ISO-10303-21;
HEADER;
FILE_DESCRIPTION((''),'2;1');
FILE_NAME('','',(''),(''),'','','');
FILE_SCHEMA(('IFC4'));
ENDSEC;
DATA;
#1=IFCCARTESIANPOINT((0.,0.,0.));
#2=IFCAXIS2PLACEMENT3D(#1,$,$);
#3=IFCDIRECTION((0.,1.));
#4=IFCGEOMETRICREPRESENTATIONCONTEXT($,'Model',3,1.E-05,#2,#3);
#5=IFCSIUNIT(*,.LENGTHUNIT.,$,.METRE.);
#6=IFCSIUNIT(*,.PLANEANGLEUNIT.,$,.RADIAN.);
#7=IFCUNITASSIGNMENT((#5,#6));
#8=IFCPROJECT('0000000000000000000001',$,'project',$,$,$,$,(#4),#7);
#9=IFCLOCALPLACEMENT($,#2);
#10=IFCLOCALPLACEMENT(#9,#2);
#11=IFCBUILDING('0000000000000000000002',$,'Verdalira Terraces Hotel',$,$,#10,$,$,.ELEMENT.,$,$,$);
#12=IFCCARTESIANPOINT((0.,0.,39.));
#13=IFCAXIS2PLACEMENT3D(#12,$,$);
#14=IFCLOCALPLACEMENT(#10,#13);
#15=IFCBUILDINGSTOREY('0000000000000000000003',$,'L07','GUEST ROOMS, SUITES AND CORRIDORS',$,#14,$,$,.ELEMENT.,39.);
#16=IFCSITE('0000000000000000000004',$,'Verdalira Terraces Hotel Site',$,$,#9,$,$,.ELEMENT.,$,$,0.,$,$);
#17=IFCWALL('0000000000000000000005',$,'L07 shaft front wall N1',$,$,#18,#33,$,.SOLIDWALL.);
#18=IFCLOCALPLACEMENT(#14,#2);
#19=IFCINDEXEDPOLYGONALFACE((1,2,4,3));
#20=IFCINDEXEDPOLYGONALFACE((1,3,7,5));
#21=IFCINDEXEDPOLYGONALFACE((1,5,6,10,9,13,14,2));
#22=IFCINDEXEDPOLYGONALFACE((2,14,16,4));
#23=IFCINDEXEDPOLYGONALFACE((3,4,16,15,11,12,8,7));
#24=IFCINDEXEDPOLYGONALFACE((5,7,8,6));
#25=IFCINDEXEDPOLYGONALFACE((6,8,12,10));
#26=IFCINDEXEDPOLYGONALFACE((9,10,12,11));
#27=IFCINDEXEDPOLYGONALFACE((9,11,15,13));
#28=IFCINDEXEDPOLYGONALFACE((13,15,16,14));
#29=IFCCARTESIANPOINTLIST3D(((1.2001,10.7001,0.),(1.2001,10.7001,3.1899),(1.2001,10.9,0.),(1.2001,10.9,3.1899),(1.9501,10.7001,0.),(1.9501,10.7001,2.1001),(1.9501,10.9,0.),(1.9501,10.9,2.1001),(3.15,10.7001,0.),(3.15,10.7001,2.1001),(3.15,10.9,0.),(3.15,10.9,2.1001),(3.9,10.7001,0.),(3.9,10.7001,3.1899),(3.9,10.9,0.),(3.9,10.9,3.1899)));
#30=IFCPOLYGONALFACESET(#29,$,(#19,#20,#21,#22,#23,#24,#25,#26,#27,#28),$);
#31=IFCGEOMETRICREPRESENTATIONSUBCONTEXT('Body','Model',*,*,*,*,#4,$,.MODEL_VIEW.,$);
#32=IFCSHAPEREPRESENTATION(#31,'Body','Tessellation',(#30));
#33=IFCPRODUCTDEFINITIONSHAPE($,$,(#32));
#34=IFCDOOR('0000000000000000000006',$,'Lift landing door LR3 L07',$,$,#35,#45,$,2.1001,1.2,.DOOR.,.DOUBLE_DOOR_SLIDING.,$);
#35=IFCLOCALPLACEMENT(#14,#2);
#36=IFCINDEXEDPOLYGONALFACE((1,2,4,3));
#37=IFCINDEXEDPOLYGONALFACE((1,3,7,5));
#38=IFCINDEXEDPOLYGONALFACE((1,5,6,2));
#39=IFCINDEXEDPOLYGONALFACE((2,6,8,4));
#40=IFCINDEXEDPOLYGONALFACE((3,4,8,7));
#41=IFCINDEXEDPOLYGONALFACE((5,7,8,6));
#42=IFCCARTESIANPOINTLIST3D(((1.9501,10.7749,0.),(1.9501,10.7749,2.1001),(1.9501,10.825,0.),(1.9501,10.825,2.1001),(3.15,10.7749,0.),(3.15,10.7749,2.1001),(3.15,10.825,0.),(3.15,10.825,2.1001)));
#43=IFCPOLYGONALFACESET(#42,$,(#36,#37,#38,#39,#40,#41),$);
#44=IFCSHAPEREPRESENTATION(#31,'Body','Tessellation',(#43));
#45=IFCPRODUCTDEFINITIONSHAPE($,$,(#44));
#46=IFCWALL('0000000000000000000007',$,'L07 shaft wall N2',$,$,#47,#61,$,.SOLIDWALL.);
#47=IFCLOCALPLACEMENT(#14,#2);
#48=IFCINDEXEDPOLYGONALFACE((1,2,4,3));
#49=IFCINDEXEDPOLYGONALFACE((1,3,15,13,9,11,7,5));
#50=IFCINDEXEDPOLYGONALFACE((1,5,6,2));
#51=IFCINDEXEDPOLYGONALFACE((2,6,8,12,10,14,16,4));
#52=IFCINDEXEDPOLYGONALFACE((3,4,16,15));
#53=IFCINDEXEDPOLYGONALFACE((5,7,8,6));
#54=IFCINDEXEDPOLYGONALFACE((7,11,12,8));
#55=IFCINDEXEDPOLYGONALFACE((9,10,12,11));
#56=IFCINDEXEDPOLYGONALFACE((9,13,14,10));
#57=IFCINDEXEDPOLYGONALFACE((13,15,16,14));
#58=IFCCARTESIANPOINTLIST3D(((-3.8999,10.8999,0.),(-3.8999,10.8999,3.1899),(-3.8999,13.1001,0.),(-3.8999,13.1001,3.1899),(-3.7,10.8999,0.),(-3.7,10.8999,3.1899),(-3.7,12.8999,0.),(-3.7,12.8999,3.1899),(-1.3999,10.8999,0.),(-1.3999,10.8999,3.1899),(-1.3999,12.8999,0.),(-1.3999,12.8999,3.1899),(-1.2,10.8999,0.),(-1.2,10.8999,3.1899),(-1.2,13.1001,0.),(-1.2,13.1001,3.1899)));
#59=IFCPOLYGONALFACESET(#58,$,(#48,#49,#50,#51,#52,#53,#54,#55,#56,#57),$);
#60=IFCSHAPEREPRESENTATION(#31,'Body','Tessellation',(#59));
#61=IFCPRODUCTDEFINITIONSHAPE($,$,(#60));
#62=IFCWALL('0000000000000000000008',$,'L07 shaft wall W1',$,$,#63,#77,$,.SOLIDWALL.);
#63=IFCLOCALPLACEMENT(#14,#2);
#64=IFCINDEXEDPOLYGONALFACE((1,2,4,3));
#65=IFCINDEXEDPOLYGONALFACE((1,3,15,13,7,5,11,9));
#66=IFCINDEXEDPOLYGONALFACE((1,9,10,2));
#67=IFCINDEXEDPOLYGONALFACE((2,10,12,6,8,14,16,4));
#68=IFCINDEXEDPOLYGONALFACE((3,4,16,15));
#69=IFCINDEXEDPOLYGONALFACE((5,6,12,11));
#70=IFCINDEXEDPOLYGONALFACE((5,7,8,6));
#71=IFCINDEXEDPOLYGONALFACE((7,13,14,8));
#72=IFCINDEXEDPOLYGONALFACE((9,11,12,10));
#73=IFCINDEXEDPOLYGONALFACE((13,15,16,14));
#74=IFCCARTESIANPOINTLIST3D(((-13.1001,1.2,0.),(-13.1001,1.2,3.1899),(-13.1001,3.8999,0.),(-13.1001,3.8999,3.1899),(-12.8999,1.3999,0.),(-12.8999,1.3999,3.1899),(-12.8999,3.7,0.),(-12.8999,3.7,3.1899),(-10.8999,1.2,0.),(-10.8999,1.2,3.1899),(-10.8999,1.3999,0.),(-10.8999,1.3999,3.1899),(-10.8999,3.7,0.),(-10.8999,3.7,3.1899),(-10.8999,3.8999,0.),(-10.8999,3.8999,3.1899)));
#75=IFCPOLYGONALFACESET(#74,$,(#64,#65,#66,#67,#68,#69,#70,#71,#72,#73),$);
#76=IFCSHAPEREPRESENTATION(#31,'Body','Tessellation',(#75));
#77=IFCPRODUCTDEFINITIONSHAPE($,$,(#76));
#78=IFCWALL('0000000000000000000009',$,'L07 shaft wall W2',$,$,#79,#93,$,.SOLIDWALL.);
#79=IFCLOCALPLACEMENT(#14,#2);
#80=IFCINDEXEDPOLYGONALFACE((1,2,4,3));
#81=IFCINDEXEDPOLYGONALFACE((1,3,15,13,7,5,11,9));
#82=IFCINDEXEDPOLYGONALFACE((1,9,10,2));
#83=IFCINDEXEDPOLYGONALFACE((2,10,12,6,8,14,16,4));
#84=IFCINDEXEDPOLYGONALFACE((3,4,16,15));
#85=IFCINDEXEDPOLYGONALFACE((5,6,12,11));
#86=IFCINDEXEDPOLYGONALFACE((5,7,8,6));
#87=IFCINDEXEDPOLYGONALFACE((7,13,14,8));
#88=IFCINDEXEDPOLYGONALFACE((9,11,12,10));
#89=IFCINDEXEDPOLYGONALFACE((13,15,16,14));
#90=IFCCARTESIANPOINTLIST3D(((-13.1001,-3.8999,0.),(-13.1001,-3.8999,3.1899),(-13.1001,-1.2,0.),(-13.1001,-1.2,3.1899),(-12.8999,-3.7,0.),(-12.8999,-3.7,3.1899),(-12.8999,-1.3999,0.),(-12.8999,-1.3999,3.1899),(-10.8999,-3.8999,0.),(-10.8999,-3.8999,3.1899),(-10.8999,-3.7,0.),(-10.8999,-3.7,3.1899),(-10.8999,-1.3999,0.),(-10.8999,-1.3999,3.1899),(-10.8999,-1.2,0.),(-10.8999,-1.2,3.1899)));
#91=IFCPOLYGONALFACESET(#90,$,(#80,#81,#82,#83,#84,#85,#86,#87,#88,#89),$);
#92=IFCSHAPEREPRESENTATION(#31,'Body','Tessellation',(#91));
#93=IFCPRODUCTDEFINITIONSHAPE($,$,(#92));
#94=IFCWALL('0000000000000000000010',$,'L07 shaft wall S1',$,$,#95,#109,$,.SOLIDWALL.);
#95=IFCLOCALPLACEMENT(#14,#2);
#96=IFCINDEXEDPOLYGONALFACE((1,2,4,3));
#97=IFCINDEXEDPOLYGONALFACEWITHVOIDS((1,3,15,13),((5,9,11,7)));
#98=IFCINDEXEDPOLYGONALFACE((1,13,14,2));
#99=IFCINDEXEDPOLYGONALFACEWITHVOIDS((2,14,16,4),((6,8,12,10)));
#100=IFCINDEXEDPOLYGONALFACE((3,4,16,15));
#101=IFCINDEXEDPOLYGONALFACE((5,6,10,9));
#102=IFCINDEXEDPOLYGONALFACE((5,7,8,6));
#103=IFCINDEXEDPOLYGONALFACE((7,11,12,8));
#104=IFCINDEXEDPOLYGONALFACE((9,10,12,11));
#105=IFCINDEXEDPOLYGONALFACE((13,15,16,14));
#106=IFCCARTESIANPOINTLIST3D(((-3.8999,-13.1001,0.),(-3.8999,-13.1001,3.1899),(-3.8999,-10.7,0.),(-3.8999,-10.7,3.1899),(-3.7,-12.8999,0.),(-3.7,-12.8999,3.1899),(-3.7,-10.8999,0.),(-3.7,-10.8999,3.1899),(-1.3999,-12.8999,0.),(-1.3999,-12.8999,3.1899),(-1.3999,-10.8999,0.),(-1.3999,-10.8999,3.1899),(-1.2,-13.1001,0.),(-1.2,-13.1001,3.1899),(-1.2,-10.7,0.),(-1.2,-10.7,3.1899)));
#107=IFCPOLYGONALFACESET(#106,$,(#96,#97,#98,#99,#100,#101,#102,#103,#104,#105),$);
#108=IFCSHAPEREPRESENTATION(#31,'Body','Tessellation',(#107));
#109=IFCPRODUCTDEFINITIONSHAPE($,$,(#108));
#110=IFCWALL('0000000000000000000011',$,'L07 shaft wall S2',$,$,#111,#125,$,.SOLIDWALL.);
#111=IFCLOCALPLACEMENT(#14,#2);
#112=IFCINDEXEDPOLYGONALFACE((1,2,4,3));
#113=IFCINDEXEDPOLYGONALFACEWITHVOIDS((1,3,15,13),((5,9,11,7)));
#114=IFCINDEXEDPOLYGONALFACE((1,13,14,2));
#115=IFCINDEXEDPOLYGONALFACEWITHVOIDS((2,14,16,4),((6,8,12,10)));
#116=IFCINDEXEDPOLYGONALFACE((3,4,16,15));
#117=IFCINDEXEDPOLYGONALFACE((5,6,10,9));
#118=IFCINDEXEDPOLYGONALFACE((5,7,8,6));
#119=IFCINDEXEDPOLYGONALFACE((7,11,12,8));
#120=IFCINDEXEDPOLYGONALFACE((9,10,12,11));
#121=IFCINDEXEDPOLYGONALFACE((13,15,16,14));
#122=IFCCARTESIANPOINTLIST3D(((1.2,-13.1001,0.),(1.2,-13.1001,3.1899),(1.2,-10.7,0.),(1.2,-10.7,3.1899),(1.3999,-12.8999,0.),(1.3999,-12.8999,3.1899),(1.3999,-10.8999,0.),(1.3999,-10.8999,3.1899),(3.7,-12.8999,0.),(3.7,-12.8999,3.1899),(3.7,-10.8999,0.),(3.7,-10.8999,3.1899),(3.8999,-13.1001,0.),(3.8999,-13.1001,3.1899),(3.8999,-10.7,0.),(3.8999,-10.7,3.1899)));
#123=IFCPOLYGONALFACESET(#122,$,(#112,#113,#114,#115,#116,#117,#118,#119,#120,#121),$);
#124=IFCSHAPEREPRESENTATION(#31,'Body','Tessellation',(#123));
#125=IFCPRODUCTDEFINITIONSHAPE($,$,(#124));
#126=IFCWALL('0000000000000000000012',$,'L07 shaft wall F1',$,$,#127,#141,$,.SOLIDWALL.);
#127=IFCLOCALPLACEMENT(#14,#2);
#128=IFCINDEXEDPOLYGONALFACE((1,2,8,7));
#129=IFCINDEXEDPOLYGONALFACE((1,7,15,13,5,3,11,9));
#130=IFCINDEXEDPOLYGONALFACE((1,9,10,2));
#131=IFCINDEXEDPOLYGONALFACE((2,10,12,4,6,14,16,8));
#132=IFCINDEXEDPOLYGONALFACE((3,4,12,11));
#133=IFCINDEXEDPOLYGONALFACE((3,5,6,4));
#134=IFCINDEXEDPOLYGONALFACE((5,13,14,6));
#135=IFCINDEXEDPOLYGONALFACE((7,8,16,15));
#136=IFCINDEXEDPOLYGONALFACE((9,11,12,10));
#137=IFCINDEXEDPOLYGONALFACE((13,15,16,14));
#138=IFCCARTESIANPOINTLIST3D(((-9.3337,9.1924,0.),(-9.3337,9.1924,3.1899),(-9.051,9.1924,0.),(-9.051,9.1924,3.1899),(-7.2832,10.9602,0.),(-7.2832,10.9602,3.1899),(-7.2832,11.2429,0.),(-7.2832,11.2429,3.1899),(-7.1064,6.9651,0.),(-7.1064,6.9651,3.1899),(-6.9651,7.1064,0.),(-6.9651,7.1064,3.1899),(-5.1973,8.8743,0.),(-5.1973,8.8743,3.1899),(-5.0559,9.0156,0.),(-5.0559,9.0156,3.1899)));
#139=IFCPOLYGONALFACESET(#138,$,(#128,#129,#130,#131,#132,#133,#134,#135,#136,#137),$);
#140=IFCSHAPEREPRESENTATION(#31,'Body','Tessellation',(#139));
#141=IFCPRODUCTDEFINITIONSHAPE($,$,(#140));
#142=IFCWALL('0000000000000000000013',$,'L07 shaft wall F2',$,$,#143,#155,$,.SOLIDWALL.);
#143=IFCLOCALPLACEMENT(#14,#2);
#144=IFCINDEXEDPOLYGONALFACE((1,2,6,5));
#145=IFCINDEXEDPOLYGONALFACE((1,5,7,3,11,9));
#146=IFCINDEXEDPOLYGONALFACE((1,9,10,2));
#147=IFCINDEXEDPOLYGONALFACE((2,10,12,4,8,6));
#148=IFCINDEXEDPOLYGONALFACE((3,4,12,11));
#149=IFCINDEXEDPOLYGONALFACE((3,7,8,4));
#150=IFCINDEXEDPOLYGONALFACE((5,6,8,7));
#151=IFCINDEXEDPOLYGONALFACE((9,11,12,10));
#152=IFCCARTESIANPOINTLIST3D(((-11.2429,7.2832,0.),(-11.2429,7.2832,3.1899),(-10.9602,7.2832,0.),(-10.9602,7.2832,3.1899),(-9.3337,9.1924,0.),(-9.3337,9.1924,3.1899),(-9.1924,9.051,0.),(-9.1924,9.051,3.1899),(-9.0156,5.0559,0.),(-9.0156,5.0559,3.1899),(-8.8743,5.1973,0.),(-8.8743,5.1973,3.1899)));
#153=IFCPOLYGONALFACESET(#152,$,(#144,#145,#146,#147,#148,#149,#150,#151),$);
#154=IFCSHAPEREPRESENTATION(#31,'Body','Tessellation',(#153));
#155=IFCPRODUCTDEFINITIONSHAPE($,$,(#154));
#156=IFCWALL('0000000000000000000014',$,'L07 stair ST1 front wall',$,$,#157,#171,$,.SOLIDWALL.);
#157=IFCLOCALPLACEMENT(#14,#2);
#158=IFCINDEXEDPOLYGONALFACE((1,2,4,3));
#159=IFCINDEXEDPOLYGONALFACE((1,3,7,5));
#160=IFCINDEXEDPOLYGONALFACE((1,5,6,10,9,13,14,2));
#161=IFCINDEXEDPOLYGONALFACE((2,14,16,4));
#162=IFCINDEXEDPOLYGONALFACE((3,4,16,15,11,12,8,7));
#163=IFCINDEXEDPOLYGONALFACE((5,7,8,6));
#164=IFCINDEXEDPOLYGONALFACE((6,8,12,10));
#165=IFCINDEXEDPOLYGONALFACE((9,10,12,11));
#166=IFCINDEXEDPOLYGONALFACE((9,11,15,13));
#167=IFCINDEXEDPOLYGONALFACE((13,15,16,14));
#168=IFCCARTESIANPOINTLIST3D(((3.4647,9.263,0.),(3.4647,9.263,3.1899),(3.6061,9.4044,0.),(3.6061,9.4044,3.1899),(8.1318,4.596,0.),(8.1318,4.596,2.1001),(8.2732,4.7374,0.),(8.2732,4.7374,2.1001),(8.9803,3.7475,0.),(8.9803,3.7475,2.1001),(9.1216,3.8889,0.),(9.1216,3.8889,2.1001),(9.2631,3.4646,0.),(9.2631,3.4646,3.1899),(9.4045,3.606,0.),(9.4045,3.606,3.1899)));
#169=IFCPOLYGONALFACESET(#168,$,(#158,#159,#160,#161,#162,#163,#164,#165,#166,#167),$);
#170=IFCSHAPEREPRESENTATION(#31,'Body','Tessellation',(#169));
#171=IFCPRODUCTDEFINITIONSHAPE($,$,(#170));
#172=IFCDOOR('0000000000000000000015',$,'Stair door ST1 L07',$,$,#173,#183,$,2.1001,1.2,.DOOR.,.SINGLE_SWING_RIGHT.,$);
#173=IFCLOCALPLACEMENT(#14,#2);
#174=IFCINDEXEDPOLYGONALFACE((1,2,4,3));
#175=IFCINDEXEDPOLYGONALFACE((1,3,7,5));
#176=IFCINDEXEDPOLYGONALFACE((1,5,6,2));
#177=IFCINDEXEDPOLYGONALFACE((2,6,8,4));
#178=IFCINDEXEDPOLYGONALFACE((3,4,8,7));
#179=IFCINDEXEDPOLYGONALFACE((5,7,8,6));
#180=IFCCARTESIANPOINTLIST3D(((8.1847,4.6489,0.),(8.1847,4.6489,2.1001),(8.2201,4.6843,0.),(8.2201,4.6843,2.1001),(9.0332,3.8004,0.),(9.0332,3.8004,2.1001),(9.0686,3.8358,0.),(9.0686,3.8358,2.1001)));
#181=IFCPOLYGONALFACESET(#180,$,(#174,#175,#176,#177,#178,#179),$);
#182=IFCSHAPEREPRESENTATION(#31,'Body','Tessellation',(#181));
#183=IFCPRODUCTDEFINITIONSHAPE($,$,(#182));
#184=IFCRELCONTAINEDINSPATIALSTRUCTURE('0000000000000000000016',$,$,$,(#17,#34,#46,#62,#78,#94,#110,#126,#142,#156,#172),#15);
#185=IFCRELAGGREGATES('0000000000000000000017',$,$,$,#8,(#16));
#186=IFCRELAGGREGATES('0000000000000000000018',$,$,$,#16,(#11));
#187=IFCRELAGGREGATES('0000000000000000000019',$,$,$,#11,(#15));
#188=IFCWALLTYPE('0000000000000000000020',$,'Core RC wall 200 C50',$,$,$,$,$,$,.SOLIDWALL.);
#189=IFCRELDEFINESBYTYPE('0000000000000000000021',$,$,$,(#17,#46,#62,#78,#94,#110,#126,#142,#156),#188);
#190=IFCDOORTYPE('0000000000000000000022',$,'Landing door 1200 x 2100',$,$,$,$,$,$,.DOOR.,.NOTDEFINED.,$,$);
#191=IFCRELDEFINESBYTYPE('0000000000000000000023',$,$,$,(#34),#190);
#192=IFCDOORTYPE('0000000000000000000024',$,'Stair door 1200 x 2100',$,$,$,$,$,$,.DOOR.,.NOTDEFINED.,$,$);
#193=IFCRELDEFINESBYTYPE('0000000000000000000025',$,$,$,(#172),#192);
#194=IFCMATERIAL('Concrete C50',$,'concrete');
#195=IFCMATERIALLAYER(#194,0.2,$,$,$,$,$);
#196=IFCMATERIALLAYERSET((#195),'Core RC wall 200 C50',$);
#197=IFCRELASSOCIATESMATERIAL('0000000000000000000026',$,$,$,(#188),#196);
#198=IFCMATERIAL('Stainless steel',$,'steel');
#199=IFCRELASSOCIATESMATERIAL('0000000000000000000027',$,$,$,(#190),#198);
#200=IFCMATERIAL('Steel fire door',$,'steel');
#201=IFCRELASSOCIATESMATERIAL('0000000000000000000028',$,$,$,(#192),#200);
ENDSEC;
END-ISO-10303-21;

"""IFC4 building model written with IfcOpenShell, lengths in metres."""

from ifc_helpers import new_model, si_unit, direction, frame, frame_2d, origin, place, context, subcontext, project, spatial, polyline, rectangle, outline, extrude, material, layer, layer_set, type_object, element, fill, save


model = new_model("IFC4")

# Units and contexts
model_context = context("Model", 3, precision=1e-05, world=origin(), true_north=direction((0.0, 1.0)))
body_context = subcontext(model_context, "Body", "Model", "MODEL_VIEW")
ifc_project = project(units=[si_unit("LENGTHUNIT", "METRE"), si_unit("PLANEANGLEUNIT", "RADIAN")], contexts=[model_context])

# Site, building, storey
site_placement = place(None, origin())
site = spatial("IfcSite", under=ifc_project, at=site_placement, Name="Verdalira Terraces Hotel Site", CompositionType="ELEMENT", RefElevation=0.0)
building_placement = place(site_placement, origin())
building = spatial("IfcBuilding", under=site, at=building_placement, Name="Verdalira Terraces Hotel", CompositionType="ELEMENT")
storey_placement = place(building_placement, frame((0.0, 0.0, 39.0)))
storey = spatial("IfcBuildingStorey", under=building, at=storey_placement, Name="L07", Description="GUEST ROOMS, SUITES AND CORRIDORS", CompositionType="ELEMENT", Elevation=39.0)

# Shared definitions
ifc_material_1 = material(Name="Concrete C50", Category="concrete")
ifc_layer_1 = layer(ifc_material_1, 0.2)
ifc_layer_set_1 = layer_set([ifc_layer_1], Name="Core RC wall 200 C50")
wall_type_1 = type_object("IfcWallType", Name="Core RC wall 200 C50", PredefinedType="SOLIDWALL", material=ifc_layer_set_1)

# Shared definitions
ifc_material_2 = material(Name="Stainless steel", Category="steel")
door_type_1 = type_object("IfcDoorType", Name="Landing door 1200 x 2100", OperationType="NOTDEFINED", PredefinedType="DOOR", material=ifc_material_2)

# Wall, opening, door
wall_1_placement = place(storey_placement, frame((1.2, 10.8, 0.0), z_axis=(0.0, 0.0, 1.0), x_axis=(1.0, 0.0, 0.0)))
wall_1 = element("IfcWall", 1, at=wall_1_placement, inside=storey, type_object=wall_type_1, Name="L07 shaft front wall N1", PredefinedType="SOLIDWALL", context=body_context, shape_type="SweptSolid", body=[
    extrude(rectangle(XDim=2.7, YDim=0.2, at=frame_2d((1.3501, 0.0))), origin(), (0.0, 0.0, 1.0), 3.1899),
])
opening_1_placement = place(wall_1_placement, frame((0.75, 0.0, 0.0)))
opening_1 = element("IfcOpeningElement", 2, at=opening_1_placement, cuts=wall_1, PredefinedType="OPENING", context=body_context, shape_type="SweptSolid", body=[
    extrude(rectangle(XDim=1.2, YDim=2.1001, at=frame_2d((0.6001, 1.05))), frame((0.0, 0.1099, 0.0), z_axis=(0.0, -1.0, 0.0), x_axis=(1.0, 0.0, 0.0)), (0.0, 0.0, 1.0), 0.22),
])
door_1_placement = place(opening_1_placement, origin())
door_1 = element("IfcDoor", 3, at=door_1_placement, inside=storey, type_object=door_type_1, Name="Lift landing door LR3 L07", OperationType="DOUBLE_DOOR_SLIDING", OverallHeight=2.1001, OverallWidth=1.2, PredefinedType="DOOR", context=body_context, shape_type="SweptSolid", body=[
    extrude(rectangle(XDim=1.2, YDim=2.1001, at=frame_2d((0.6001, 1.05))), frame((0.0, 0.0249, 0.0), z_axis=(0.0, -1.0, 0.0), x_axis=(1.0, 0.0, 0.0)), (0.0, 0.0, 1.0), 0.05),
])
fill(opening_1, door_1)

# Walls
wall_2_placement = place(storey_placement, origin())
element("IfcWall", 4, at=wall_2_placement, inside=storey, type_object=wall_type_1, Name="L07 shaft wall N2", PredefinedType="SOLIDWALL", context=body_context, shape_type="SweptSolid", body=[
    extrude(outline(polyline([(-3.8999, 10.8999), (-3.8999, 13.1001), (-1.2, 13.1001), (-1.2, 10.8999), (-1.3999, 10.8999), (-1.3999, 12.8999), (-3.7, 12.8999), (-3.7, 10.8999), (-3.8999, 10.8999)])), origin(), (0.0, 0.0, 1.0), 3.1899),
])
wall_3_placement = place(storey_placement, origin())
element("IfcWall", 5, at=wall_3_placement, inside=storey, type_object=wall_type_1, Name="L07 shaft wall W1", PredefinedType="SOLIDWALL", context=body_context, shape_type="SweptSolid", body=[
    extrude(outline(polyline([(-13.1001, 3.8999), (-10.8999, 3.8999), (-10.8999, 3.7), (-12.8999, 3.7), (-12.8999, 1.3999), (-10.8999, 1.3999), (-10.8999, 1.2), (-13.1001, 1.2), (-13.1001, 3.8999)])), origin(), (0.0, 0.0, 1.0), 3.1899),
])
wall_4_placement = place(storey_placement, origin())
element("IfcWall", 6, at=wall_4_placement, inside=storey, type_object=wall_type_1, Name="L07 shaft wall W2", PredefinedType="SOLIDWALL", context=body_context, shape_type="SweptSolid", body=[
    extrude(outline(polyline([(-13.1001, -3.8999), (-13.1001, -1.2), (-10.8999, -1.2), (-10.8999, -1.3999), (-12.8999, -1.3999), (-12.8999, -3.7), (-10.8999, -3.7), (-10.8999, -3.8999), (-13.1001, -3.8999)])), origin(), (0.0, 0.0, 1.0), 3.1899),
])
wall_5_placement = place(storey_placement, origin())
element("IfcWall", 7, at=wall_5_placement, inside=storey, type_object=wall_type_1, Name="L07 shaft wall S1", PredefinedType="SOLIDWALL", context=body_context, shape_type="SweptSolid", body=[
    extrude(outline(polyline([(-1.2, -13.1001), (-3.8999, -13.1001), (-3.8999, -10.7), (-1.2, -10.7), (-1.2, -13.1001)]), holes=[polyline([(-3.7, -10.8999), (-3.7, -12.8999), (-1.3999, -12.8999), (-1.3999, -10.8999), (-3.7, -10.8999)])]), origin(), (0.0, 0.0, 1.0), 3.1899),
])
wall_6_placement = place(storey_placement, origin())
element("IfcWall", 8, at=wall_6_placement, inside=storey, type_object=wall_type_1, Name="L07 shaft wall S2", PredefinedType="SOLIDWALL", context=body_context, shape_type="SweptSolid", body=[
    extrude(outline(polyline([(3.8999, -10.7), (3.8999, -13.1001), (1.2, -13.1001), (1.2, -10.7), (3.8999, -10.7)]), holes=[polyline([(1.3999, -12.8999), (3.7, -12.8999), (3.7, -10.8999), (1.3999, -10.8999), (1.3999, -12.8999)])]), origin(), (0.0, 0.0, 1.0), 3.1899),
])
wall_7_placement = place(storey_placement, origin())
element("IfcWall", 9, at=wall_7_placement, inside=storey, type_object=wall_type_1, Name="L07 shaft wall F1", PredefinedType="SOLIDWALL", context=body_context, shape_type="SweptSolid", body=[
    extrude(outline(polyline([(-9.3337, 9.1924), (-7.2832, 11.2429), (-5.0559, 9.0156), (-5.1973, 8.8743), (-7.2832, 10.9602), (-9.051, 9.1924), (-6.9651, 7.1064), (-7.1064, 6.9651), (-9.3337, 9.1924)])), origin(), (0.0, 0.0, 1.0), 3.1899),
])
wall_8_placement = place(storey_placement, origin())
element("IfcWall", 10, at=wall_8_placement, inside=storey, type_object=wall_type_1, Name="L07 shaft wall F2", PredefinedType="SOLIDWALL", context=body_context, shape_type="SweptSolid", body=[
    extrude(outline(polyline([(-11.2429, 7.2832), (-9.3337, 9.1924), (-9.1924, 9.051), (-10.9602, 7.2832), (-8.8743, 5.1973), (-9.0156, 5.0559), (-11.2429, 7.2832)])), origin(), (0.0, 0.0, 1.0), 3.1899),
])

# Wall, opening, door
wall_9_placement = place(storey_placement, frame((3.5354, 9.3337, 0.0), z_axis=(0.0, 0.0, 1.0), x_axis=(0.707107, -0.707107, 0.0)))
wall_9 = element("IfcWall", 11, at=wall_9_placement, inside=storey, type_object=wall_type_1, Name="L07 stair ST1 front wall", PredefinedType="SOLIDWALL", context=body_context, shape_type="SweptSolid", body=[
    extrude(rectangle(XDim=8.2002, YDim=0.2, at=frame_2d((4.1001, 0.0))), origin(), (0.0, 0.0, 1.0), 3.1899),
])
opening_2_placement = place(wall_9_placement, frame((6.6001, 0.0, 0.0)))
opening_2 = element("IfcOpeningElement", 12, at=opening_2_placement, cuts=wall_9, PredefinedType="OPENING", context=body_context, shape_type="SweptSolid", body=[
    extrude(rectangle(XDim=1.2, YDim=2.1001, at=frame_2d((0.6001, 1.05))), frame((0.0, 0.1099, 0.0), z_axis=(0.0, -1.0, 0.0), x_axis=(1.0, 0.0, 0.0)), (0.0, 0.0, 1.0), 0.22),
])
ifc_material_3 = material(Name="Steel fire door", Category="steel")
door_type_2 = type_object("IfcDoorType", Name="Stair door 1200 x 2100", OperationType="NOTDEFINED", PredefinedType="DOOR", material=ifc_material_3)
door_2_placement = place(opening_2_placement, origin())
door_2 = element("IfcDoor", 13, at=door_2_placement, inside=storey, type_object=door_type_2, Name="Stair door ST1 L07", OperationType="SINGLE_SWING_RIGHT", OverallHeight=2.1001, OverallWidth=1.2, PredefinedType="DOOR", context=body_context, shape_type="SweptSolid", body=[
    extrude(rectangle(XDim=1.2, YDim=2.1001, at=frame_2d((0.6001, 1.05))), frame((0.0, 0.0249, 0.0), z_axis=(0.0, -1.0, 0.0), x_axis=(1.0, 0.0, 0.0)), (0.0, 0.0, 1.0), 0.05),
])
fill(opening_2, door_2)

save(model, "model.ifc")
